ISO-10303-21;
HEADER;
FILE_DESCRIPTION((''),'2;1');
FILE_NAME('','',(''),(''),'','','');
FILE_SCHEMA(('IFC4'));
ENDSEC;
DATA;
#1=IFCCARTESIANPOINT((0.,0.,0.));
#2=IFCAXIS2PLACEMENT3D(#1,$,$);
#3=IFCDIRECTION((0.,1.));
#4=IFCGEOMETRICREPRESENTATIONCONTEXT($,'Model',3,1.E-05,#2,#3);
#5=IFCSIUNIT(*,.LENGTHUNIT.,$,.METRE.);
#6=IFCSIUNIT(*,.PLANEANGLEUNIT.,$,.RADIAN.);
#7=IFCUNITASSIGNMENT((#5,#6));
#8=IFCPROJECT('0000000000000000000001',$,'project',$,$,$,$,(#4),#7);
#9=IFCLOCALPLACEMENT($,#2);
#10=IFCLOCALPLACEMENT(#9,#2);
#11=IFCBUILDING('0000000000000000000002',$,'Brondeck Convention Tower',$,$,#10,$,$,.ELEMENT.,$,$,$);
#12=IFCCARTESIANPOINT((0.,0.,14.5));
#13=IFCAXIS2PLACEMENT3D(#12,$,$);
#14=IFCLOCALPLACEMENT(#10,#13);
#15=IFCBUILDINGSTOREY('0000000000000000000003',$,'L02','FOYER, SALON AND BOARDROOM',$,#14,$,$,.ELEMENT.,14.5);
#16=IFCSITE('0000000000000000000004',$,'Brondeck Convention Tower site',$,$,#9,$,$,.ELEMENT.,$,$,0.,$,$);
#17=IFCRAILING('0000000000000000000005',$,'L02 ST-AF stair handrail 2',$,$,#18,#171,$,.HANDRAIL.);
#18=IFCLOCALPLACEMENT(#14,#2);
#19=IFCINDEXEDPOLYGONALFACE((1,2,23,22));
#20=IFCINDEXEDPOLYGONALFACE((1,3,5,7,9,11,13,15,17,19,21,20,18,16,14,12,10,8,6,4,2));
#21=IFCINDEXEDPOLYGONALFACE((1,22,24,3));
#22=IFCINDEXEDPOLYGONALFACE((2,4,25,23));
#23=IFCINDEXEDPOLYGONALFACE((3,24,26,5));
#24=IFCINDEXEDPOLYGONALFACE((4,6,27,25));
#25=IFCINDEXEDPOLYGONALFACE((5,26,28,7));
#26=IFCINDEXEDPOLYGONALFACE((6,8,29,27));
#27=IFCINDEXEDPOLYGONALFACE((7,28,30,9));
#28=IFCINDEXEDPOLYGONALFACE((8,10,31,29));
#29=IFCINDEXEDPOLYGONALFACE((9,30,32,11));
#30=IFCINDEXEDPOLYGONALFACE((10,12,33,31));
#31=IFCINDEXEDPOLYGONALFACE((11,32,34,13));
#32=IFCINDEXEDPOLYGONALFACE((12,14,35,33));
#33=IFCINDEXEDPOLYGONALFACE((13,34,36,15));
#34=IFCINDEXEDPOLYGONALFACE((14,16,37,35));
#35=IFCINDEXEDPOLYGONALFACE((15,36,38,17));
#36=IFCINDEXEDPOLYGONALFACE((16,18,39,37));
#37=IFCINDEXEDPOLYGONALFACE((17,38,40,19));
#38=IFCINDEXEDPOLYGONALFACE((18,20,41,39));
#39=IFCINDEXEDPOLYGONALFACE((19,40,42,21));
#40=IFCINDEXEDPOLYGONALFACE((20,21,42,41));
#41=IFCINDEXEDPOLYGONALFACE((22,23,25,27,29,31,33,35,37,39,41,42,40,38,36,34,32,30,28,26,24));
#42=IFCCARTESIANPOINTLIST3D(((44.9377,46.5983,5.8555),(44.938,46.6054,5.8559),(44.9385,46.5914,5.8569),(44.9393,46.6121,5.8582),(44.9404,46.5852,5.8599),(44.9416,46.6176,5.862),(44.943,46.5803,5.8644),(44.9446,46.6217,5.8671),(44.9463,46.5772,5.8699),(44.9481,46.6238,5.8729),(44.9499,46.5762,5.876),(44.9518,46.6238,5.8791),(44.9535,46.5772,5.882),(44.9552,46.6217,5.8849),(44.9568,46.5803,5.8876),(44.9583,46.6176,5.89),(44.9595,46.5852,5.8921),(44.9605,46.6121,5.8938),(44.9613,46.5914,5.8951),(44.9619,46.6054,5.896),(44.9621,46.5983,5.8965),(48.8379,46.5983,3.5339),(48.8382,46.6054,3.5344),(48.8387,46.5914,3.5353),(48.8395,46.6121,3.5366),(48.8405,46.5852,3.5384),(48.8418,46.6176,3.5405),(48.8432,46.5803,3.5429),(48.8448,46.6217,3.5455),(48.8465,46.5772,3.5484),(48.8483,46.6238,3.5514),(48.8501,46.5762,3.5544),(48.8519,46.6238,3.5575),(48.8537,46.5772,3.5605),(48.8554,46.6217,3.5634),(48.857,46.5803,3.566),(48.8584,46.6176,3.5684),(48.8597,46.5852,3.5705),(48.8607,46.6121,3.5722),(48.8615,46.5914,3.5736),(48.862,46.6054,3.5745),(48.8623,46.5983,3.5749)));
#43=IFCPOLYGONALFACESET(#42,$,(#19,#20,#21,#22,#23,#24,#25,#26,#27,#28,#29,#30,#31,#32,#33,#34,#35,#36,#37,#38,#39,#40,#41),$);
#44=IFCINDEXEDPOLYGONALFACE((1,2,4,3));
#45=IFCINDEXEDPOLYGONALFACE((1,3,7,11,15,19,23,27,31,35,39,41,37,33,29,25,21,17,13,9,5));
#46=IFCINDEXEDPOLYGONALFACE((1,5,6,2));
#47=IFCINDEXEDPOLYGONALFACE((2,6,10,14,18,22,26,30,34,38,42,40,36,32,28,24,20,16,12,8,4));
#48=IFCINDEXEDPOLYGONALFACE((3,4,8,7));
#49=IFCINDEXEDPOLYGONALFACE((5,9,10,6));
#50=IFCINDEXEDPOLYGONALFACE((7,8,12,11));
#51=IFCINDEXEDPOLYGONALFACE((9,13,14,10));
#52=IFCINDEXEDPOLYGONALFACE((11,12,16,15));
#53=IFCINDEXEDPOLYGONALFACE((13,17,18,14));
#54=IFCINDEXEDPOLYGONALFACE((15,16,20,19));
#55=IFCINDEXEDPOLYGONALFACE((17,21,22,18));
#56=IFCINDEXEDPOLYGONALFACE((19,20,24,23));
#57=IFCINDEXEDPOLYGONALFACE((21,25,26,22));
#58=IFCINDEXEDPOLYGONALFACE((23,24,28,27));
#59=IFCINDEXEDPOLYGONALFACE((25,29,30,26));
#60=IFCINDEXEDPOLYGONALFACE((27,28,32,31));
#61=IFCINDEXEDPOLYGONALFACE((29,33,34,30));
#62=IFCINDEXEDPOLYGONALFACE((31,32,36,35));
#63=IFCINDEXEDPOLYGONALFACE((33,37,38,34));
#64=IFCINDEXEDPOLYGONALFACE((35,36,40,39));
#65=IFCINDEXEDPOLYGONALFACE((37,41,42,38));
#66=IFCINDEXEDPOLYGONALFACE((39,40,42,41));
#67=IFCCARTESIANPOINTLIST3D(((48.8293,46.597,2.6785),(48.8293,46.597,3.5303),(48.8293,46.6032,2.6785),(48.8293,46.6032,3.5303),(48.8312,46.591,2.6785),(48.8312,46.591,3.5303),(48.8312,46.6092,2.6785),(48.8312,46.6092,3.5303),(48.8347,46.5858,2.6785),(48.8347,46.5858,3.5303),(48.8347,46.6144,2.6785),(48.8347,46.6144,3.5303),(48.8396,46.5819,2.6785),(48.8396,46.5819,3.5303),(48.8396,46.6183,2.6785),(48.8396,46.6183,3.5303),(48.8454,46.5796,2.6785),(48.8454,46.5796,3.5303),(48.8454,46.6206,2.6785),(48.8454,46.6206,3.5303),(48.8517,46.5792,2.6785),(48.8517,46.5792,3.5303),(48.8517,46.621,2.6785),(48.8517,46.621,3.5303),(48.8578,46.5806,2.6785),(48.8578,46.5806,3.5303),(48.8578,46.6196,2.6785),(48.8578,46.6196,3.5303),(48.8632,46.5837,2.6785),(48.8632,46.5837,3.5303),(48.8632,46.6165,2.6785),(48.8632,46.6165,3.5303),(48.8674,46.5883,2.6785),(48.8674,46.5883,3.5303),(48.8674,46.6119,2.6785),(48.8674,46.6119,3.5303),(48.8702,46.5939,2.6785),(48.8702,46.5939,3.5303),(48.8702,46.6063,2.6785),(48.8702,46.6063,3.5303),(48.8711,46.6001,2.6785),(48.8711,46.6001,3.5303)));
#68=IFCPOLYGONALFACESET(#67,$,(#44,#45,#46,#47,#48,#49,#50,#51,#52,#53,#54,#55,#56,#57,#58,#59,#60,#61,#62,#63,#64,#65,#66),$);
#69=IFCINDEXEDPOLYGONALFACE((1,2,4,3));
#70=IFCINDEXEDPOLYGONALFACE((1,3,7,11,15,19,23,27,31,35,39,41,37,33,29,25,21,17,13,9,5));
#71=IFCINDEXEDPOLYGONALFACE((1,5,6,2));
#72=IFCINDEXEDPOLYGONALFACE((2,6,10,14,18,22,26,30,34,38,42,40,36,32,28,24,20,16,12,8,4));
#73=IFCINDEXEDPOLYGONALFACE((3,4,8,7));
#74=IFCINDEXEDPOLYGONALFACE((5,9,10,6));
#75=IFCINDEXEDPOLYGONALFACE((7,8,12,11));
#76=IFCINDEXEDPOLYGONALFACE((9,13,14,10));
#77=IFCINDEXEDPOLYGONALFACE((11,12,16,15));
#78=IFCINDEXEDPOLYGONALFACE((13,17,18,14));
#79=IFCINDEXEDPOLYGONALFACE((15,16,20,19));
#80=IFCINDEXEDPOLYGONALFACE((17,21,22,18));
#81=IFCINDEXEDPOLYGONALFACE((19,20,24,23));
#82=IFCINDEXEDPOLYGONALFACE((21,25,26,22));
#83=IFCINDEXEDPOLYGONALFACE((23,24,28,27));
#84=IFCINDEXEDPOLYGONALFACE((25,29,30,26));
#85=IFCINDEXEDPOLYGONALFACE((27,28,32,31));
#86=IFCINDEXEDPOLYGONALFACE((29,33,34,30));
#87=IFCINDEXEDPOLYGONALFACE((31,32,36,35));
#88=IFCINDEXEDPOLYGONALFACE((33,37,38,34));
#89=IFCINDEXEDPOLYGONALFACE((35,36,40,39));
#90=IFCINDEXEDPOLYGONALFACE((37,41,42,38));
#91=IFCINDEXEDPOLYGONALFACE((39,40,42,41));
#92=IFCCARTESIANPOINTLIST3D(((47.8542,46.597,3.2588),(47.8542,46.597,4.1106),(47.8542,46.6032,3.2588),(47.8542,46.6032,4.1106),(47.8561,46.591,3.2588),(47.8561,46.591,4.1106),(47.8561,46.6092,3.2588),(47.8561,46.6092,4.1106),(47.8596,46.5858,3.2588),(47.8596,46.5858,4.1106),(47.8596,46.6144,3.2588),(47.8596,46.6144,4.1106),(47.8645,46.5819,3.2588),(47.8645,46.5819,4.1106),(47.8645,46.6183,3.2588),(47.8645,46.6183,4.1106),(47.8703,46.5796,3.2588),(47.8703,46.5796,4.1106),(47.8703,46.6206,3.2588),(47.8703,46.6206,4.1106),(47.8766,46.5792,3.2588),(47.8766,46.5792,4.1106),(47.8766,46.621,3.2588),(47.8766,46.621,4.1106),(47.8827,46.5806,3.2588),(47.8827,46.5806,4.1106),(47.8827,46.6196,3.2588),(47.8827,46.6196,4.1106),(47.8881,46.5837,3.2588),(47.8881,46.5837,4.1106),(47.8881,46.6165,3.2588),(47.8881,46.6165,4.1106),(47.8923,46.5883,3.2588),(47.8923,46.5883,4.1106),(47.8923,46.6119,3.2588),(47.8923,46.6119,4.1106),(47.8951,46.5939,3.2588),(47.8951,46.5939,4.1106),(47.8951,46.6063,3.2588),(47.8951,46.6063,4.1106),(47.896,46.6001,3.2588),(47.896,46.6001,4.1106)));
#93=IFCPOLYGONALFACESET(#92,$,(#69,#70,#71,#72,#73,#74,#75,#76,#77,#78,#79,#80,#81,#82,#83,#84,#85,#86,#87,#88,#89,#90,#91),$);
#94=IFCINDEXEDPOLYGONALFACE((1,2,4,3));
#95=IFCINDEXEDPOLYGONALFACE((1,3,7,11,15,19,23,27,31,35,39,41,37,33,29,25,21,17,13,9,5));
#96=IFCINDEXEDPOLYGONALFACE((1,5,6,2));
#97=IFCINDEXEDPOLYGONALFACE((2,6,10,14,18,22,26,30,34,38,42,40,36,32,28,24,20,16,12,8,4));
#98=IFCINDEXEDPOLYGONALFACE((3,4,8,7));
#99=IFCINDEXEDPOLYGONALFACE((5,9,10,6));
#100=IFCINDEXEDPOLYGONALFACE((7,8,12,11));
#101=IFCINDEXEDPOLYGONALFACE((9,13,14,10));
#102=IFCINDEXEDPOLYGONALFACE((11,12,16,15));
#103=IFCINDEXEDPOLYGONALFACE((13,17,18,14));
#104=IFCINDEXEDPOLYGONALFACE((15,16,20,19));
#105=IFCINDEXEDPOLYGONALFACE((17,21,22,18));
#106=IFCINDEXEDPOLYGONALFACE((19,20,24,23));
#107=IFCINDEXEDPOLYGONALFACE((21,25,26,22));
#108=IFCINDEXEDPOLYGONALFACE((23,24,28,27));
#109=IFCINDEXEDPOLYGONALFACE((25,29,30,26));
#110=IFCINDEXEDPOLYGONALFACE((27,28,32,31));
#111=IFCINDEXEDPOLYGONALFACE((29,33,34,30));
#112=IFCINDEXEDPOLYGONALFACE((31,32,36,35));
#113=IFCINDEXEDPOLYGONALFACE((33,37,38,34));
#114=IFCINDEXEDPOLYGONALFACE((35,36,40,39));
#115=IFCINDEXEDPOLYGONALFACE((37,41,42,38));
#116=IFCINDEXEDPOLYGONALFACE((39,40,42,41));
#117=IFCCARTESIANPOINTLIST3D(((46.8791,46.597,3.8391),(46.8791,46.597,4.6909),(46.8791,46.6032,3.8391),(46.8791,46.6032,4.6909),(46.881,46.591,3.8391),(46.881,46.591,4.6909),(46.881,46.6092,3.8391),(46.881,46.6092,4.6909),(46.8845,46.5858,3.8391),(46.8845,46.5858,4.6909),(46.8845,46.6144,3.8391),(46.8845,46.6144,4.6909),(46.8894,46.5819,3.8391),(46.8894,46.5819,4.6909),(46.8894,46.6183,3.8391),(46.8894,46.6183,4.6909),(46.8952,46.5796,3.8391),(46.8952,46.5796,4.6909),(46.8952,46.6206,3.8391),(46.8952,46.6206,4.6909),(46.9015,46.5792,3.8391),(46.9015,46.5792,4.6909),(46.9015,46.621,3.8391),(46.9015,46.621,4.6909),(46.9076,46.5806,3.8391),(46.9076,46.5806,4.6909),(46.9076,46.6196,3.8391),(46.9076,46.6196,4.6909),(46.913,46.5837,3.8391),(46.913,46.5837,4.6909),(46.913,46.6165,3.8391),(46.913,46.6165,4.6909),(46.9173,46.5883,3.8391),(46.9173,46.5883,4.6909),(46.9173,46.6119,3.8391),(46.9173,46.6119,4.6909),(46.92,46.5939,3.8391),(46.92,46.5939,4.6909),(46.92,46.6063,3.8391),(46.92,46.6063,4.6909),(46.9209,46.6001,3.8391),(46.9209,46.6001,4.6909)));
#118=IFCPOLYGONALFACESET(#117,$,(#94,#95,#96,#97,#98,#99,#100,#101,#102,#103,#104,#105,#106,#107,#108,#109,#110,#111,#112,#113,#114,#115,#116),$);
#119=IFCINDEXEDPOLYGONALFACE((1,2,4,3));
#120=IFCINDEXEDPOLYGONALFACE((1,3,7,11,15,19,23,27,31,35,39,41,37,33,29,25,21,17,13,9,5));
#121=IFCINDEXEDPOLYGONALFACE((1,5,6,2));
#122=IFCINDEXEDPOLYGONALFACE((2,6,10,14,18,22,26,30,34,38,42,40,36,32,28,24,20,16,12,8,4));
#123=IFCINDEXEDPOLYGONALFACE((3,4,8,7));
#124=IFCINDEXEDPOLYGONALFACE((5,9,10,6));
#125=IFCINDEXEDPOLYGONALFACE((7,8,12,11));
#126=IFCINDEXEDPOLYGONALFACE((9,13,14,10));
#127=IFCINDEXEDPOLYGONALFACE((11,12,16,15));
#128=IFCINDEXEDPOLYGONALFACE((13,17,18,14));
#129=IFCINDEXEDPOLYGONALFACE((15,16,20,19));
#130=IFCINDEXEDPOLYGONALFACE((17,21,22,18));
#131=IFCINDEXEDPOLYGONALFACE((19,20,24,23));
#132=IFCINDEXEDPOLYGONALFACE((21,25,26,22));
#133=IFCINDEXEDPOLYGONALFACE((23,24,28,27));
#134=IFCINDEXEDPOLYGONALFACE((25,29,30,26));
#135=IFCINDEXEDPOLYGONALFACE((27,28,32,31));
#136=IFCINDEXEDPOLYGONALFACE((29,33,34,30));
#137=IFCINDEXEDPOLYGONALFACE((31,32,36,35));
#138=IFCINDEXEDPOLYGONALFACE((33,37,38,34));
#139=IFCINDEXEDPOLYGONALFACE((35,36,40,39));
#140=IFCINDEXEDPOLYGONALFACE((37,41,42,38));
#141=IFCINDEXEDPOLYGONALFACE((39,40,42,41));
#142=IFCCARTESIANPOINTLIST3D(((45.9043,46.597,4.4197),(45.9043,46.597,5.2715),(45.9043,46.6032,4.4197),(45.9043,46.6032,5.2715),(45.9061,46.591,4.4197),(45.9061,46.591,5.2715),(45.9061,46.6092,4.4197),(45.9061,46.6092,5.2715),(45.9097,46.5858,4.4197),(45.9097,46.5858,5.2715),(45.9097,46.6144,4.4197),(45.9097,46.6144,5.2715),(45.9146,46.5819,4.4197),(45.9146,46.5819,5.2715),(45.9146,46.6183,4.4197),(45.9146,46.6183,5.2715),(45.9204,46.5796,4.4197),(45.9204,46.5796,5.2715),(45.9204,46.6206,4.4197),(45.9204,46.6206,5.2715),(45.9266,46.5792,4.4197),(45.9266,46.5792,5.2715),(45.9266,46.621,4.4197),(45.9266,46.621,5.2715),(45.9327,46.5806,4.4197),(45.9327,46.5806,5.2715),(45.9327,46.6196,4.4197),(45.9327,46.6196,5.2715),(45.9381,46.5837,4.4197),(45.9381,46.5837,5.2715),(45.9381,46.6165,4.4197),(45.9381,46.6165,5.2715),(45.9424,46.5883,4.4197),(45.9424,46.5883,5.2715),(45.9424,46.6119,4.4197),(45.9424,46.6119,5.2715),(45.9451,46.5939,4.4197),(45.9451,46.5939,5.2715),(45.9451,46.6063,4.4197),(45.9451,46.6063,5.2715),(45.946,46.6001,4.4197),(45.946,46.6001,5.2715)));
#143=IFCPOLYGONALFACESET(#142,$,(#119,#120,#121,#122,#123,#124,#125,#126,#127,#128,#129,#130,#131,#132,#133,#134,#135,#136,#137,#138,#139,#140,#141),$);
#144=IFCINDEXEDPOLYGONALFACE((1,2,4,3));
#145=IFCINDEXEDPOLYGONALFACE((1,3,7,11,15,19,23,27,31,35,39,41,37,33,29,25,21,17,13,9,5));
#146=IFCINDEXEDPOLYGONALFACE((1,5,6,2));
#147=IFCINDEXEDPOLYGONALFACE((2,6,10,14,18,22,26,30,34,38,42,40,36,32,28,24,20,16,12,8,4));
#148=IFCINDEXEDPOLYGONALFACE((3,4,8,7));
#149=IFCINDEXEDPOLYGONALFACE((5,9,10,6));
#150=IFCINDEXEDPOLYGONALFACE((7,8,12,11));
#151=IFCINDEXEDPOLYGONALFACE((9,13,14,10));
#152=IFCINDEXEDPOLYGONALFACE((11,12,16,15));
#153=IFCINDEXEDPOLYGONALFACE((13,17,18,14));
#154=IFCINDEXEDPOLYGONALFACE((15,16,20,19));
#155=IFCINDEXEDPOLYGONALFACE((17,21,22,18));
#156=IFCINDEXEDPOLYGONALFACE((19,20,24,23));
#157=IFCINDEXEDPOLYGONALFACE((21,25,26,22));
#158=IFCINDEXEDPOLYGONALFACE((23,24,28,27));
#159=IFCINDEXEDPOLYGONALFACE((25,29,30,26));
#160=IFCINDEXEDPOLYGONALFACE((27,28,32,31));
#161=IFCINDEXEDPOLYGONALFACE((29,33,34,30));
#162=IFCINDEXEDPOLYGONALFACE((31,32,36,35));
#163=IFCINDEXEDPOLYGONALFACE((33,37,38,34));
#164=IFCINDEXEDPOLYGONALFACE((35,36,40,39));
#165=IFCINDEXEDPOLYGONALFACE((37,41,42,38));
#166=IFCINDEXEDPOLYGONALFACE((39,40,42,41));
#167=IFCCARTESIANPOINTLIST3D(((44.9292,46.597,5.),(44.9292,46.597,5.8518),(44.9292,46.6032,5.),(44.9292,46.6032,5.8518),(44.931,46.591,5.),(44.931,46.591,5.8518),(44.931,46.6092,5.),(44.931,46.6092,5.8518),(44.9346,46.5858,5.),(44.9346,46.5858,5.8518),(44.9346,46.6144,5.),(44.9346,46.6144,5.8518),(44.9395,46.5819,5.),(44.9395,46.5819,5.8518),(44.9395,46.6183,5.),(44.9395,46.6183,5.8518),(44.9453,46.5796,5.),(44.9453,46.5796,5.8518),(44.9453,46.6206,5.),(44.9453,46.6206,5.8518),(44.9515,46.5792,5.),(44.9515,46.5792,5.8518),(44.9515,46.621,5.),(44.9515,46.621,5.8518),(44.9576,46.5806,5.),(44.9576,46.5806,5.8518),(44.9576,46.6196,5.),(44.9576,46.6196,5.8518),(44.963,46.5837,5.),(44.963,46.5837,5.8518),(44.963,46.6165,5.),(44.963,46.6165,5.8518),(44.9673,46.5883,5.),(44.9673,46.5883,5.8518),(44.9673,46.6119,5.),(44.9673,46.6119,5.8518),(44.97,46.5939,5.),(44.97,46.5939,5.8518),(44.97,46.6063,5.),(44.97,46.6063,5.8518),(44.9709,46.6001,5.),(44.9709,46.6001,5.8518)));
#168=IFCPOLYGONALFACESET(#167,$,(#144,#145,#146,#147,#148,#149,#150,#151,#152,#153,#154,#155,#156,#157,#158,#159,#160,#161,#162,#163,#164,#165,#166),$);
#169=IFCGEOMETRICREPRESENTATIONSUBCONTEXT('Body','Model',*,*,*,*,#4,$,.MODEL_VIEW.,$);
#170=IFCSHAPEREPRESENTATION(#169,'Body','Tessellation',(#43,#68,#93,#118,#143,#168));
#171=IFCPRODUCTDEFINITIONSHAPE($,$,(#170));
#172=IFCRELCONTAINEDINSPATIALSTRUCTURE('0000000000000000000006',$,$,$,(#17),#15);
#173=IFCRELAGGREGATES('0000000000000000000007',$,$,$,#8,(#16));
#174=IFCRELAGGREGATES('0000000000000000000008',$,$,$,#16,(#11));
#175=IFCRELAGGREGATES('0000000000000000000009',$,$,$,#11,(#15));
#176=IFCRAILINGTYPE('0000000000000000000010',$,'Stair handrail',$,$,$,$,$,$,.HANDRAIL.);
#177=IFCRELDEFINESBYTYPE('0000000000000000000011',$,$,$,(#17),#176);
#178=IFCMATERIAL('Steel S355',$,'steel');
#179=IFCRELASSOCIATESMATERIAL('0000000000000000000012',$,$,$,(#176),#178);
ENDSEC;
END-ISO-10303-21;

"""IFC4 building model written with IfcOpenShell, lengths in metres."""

from ifc_helpers import new_model, si_unit, direction, frame, origin, origin_2d, place, context, subcontext, project, spatial, circle, extrude, material, type_object, element, save


model = new_model("IFC4")

# Units and contexts
model_context = context("Model", 3, precision=1e-05, world=origin(), true_north=direction((0.0, 1.0)))
body_context = subcontext(model_context, "Body", "Model", "MODEL_VIEW")
ifc_project = project(units=[si_unit("LENGTHUNIT", "METRE"), si_unit("PLANEANGLEUNIT", "RADIAN")], contexts=[model_context])

# Site, building, storey
site_placement = place(None, origin())
site = spatial("IfcSite", under=ifc_project, at=site_placement, Name="Brondeck Convention Tower site", CompositionType="ELEMENT", RefElevation=0.0)
building_placement = place(site_placement, origin())
building = spatial("IfcBuilding", under=site, at=building_placement, Name="Brondeck Convention Tower", CompositionType="ELEMENT")
storey_placement = place(building_placement, frame((0.0, 0.0, 14.5)))
storey = spatial("IfcBuildingStorey", under=building, at=storey_placement, Name="L02", Description="FOYER, SALON AND BOARDROOM", CompositionType="ELEMENT", Elevation=14.5)

# Shared definitions
ifc_material_1 = material(Name="Steel S355", Category="steel")

# Railing
railing_type_1 = type_object("IfcRailingType", Name="Stair handrail", PredefinedType="HANDRAIL", material=ifc_material_1)
railing_1_placement = place(storey_placement, frame((48.8501, 46.6001, 2.6785)))
element("IfcRailing", 1, at=railing_1_placement, inside=storey, type_object=railing_type_1, Name="L02 ST-AF stair handrail 2", PredefinedType="HANDRAIL", context=body_context, shape_type="SweptSolid", body=[
    extrude(circle(Radius=0.0239, at=origin_2d()), frame((0.0, 0.0, 0.876), z_axis=(-0.859291, 0.0, 0.511487), x_axis=(0.0, -1.0, 0.0)), (0.0, 0.0, 1.0), 4.5388),
    extrude(circle(Radius=0.021, at=origin_2d()), origin(), (0.0, 0.0, 1.0), 0.8518),
    extrude(circle(Radius=0.021, at=origin_2d()), frame((-0.9751, 0.0, 0.5803)), (0.0, 0.0, 1.0), 0.8518),
    extrude(circle(Radius=0.021, at=origin_2d()), frame((-1.9502, 0.0, 1.1606)), (0.0, 0.0, 1.0), 0.8518),
    extrude(circle(Radius=0.021, at=origin_2d()), frame((-2.925, 0.0, 1.7412)), (0.0, 0.0, 1.0), 0.8518),
    extrude(circle(Radius=0.021, at=origin_2d()), frame((-3.9001, 0.0, 2.3215)), (0.0, 0.0, 1.0), 0.8518),
])

save(model, "model.ifc")
